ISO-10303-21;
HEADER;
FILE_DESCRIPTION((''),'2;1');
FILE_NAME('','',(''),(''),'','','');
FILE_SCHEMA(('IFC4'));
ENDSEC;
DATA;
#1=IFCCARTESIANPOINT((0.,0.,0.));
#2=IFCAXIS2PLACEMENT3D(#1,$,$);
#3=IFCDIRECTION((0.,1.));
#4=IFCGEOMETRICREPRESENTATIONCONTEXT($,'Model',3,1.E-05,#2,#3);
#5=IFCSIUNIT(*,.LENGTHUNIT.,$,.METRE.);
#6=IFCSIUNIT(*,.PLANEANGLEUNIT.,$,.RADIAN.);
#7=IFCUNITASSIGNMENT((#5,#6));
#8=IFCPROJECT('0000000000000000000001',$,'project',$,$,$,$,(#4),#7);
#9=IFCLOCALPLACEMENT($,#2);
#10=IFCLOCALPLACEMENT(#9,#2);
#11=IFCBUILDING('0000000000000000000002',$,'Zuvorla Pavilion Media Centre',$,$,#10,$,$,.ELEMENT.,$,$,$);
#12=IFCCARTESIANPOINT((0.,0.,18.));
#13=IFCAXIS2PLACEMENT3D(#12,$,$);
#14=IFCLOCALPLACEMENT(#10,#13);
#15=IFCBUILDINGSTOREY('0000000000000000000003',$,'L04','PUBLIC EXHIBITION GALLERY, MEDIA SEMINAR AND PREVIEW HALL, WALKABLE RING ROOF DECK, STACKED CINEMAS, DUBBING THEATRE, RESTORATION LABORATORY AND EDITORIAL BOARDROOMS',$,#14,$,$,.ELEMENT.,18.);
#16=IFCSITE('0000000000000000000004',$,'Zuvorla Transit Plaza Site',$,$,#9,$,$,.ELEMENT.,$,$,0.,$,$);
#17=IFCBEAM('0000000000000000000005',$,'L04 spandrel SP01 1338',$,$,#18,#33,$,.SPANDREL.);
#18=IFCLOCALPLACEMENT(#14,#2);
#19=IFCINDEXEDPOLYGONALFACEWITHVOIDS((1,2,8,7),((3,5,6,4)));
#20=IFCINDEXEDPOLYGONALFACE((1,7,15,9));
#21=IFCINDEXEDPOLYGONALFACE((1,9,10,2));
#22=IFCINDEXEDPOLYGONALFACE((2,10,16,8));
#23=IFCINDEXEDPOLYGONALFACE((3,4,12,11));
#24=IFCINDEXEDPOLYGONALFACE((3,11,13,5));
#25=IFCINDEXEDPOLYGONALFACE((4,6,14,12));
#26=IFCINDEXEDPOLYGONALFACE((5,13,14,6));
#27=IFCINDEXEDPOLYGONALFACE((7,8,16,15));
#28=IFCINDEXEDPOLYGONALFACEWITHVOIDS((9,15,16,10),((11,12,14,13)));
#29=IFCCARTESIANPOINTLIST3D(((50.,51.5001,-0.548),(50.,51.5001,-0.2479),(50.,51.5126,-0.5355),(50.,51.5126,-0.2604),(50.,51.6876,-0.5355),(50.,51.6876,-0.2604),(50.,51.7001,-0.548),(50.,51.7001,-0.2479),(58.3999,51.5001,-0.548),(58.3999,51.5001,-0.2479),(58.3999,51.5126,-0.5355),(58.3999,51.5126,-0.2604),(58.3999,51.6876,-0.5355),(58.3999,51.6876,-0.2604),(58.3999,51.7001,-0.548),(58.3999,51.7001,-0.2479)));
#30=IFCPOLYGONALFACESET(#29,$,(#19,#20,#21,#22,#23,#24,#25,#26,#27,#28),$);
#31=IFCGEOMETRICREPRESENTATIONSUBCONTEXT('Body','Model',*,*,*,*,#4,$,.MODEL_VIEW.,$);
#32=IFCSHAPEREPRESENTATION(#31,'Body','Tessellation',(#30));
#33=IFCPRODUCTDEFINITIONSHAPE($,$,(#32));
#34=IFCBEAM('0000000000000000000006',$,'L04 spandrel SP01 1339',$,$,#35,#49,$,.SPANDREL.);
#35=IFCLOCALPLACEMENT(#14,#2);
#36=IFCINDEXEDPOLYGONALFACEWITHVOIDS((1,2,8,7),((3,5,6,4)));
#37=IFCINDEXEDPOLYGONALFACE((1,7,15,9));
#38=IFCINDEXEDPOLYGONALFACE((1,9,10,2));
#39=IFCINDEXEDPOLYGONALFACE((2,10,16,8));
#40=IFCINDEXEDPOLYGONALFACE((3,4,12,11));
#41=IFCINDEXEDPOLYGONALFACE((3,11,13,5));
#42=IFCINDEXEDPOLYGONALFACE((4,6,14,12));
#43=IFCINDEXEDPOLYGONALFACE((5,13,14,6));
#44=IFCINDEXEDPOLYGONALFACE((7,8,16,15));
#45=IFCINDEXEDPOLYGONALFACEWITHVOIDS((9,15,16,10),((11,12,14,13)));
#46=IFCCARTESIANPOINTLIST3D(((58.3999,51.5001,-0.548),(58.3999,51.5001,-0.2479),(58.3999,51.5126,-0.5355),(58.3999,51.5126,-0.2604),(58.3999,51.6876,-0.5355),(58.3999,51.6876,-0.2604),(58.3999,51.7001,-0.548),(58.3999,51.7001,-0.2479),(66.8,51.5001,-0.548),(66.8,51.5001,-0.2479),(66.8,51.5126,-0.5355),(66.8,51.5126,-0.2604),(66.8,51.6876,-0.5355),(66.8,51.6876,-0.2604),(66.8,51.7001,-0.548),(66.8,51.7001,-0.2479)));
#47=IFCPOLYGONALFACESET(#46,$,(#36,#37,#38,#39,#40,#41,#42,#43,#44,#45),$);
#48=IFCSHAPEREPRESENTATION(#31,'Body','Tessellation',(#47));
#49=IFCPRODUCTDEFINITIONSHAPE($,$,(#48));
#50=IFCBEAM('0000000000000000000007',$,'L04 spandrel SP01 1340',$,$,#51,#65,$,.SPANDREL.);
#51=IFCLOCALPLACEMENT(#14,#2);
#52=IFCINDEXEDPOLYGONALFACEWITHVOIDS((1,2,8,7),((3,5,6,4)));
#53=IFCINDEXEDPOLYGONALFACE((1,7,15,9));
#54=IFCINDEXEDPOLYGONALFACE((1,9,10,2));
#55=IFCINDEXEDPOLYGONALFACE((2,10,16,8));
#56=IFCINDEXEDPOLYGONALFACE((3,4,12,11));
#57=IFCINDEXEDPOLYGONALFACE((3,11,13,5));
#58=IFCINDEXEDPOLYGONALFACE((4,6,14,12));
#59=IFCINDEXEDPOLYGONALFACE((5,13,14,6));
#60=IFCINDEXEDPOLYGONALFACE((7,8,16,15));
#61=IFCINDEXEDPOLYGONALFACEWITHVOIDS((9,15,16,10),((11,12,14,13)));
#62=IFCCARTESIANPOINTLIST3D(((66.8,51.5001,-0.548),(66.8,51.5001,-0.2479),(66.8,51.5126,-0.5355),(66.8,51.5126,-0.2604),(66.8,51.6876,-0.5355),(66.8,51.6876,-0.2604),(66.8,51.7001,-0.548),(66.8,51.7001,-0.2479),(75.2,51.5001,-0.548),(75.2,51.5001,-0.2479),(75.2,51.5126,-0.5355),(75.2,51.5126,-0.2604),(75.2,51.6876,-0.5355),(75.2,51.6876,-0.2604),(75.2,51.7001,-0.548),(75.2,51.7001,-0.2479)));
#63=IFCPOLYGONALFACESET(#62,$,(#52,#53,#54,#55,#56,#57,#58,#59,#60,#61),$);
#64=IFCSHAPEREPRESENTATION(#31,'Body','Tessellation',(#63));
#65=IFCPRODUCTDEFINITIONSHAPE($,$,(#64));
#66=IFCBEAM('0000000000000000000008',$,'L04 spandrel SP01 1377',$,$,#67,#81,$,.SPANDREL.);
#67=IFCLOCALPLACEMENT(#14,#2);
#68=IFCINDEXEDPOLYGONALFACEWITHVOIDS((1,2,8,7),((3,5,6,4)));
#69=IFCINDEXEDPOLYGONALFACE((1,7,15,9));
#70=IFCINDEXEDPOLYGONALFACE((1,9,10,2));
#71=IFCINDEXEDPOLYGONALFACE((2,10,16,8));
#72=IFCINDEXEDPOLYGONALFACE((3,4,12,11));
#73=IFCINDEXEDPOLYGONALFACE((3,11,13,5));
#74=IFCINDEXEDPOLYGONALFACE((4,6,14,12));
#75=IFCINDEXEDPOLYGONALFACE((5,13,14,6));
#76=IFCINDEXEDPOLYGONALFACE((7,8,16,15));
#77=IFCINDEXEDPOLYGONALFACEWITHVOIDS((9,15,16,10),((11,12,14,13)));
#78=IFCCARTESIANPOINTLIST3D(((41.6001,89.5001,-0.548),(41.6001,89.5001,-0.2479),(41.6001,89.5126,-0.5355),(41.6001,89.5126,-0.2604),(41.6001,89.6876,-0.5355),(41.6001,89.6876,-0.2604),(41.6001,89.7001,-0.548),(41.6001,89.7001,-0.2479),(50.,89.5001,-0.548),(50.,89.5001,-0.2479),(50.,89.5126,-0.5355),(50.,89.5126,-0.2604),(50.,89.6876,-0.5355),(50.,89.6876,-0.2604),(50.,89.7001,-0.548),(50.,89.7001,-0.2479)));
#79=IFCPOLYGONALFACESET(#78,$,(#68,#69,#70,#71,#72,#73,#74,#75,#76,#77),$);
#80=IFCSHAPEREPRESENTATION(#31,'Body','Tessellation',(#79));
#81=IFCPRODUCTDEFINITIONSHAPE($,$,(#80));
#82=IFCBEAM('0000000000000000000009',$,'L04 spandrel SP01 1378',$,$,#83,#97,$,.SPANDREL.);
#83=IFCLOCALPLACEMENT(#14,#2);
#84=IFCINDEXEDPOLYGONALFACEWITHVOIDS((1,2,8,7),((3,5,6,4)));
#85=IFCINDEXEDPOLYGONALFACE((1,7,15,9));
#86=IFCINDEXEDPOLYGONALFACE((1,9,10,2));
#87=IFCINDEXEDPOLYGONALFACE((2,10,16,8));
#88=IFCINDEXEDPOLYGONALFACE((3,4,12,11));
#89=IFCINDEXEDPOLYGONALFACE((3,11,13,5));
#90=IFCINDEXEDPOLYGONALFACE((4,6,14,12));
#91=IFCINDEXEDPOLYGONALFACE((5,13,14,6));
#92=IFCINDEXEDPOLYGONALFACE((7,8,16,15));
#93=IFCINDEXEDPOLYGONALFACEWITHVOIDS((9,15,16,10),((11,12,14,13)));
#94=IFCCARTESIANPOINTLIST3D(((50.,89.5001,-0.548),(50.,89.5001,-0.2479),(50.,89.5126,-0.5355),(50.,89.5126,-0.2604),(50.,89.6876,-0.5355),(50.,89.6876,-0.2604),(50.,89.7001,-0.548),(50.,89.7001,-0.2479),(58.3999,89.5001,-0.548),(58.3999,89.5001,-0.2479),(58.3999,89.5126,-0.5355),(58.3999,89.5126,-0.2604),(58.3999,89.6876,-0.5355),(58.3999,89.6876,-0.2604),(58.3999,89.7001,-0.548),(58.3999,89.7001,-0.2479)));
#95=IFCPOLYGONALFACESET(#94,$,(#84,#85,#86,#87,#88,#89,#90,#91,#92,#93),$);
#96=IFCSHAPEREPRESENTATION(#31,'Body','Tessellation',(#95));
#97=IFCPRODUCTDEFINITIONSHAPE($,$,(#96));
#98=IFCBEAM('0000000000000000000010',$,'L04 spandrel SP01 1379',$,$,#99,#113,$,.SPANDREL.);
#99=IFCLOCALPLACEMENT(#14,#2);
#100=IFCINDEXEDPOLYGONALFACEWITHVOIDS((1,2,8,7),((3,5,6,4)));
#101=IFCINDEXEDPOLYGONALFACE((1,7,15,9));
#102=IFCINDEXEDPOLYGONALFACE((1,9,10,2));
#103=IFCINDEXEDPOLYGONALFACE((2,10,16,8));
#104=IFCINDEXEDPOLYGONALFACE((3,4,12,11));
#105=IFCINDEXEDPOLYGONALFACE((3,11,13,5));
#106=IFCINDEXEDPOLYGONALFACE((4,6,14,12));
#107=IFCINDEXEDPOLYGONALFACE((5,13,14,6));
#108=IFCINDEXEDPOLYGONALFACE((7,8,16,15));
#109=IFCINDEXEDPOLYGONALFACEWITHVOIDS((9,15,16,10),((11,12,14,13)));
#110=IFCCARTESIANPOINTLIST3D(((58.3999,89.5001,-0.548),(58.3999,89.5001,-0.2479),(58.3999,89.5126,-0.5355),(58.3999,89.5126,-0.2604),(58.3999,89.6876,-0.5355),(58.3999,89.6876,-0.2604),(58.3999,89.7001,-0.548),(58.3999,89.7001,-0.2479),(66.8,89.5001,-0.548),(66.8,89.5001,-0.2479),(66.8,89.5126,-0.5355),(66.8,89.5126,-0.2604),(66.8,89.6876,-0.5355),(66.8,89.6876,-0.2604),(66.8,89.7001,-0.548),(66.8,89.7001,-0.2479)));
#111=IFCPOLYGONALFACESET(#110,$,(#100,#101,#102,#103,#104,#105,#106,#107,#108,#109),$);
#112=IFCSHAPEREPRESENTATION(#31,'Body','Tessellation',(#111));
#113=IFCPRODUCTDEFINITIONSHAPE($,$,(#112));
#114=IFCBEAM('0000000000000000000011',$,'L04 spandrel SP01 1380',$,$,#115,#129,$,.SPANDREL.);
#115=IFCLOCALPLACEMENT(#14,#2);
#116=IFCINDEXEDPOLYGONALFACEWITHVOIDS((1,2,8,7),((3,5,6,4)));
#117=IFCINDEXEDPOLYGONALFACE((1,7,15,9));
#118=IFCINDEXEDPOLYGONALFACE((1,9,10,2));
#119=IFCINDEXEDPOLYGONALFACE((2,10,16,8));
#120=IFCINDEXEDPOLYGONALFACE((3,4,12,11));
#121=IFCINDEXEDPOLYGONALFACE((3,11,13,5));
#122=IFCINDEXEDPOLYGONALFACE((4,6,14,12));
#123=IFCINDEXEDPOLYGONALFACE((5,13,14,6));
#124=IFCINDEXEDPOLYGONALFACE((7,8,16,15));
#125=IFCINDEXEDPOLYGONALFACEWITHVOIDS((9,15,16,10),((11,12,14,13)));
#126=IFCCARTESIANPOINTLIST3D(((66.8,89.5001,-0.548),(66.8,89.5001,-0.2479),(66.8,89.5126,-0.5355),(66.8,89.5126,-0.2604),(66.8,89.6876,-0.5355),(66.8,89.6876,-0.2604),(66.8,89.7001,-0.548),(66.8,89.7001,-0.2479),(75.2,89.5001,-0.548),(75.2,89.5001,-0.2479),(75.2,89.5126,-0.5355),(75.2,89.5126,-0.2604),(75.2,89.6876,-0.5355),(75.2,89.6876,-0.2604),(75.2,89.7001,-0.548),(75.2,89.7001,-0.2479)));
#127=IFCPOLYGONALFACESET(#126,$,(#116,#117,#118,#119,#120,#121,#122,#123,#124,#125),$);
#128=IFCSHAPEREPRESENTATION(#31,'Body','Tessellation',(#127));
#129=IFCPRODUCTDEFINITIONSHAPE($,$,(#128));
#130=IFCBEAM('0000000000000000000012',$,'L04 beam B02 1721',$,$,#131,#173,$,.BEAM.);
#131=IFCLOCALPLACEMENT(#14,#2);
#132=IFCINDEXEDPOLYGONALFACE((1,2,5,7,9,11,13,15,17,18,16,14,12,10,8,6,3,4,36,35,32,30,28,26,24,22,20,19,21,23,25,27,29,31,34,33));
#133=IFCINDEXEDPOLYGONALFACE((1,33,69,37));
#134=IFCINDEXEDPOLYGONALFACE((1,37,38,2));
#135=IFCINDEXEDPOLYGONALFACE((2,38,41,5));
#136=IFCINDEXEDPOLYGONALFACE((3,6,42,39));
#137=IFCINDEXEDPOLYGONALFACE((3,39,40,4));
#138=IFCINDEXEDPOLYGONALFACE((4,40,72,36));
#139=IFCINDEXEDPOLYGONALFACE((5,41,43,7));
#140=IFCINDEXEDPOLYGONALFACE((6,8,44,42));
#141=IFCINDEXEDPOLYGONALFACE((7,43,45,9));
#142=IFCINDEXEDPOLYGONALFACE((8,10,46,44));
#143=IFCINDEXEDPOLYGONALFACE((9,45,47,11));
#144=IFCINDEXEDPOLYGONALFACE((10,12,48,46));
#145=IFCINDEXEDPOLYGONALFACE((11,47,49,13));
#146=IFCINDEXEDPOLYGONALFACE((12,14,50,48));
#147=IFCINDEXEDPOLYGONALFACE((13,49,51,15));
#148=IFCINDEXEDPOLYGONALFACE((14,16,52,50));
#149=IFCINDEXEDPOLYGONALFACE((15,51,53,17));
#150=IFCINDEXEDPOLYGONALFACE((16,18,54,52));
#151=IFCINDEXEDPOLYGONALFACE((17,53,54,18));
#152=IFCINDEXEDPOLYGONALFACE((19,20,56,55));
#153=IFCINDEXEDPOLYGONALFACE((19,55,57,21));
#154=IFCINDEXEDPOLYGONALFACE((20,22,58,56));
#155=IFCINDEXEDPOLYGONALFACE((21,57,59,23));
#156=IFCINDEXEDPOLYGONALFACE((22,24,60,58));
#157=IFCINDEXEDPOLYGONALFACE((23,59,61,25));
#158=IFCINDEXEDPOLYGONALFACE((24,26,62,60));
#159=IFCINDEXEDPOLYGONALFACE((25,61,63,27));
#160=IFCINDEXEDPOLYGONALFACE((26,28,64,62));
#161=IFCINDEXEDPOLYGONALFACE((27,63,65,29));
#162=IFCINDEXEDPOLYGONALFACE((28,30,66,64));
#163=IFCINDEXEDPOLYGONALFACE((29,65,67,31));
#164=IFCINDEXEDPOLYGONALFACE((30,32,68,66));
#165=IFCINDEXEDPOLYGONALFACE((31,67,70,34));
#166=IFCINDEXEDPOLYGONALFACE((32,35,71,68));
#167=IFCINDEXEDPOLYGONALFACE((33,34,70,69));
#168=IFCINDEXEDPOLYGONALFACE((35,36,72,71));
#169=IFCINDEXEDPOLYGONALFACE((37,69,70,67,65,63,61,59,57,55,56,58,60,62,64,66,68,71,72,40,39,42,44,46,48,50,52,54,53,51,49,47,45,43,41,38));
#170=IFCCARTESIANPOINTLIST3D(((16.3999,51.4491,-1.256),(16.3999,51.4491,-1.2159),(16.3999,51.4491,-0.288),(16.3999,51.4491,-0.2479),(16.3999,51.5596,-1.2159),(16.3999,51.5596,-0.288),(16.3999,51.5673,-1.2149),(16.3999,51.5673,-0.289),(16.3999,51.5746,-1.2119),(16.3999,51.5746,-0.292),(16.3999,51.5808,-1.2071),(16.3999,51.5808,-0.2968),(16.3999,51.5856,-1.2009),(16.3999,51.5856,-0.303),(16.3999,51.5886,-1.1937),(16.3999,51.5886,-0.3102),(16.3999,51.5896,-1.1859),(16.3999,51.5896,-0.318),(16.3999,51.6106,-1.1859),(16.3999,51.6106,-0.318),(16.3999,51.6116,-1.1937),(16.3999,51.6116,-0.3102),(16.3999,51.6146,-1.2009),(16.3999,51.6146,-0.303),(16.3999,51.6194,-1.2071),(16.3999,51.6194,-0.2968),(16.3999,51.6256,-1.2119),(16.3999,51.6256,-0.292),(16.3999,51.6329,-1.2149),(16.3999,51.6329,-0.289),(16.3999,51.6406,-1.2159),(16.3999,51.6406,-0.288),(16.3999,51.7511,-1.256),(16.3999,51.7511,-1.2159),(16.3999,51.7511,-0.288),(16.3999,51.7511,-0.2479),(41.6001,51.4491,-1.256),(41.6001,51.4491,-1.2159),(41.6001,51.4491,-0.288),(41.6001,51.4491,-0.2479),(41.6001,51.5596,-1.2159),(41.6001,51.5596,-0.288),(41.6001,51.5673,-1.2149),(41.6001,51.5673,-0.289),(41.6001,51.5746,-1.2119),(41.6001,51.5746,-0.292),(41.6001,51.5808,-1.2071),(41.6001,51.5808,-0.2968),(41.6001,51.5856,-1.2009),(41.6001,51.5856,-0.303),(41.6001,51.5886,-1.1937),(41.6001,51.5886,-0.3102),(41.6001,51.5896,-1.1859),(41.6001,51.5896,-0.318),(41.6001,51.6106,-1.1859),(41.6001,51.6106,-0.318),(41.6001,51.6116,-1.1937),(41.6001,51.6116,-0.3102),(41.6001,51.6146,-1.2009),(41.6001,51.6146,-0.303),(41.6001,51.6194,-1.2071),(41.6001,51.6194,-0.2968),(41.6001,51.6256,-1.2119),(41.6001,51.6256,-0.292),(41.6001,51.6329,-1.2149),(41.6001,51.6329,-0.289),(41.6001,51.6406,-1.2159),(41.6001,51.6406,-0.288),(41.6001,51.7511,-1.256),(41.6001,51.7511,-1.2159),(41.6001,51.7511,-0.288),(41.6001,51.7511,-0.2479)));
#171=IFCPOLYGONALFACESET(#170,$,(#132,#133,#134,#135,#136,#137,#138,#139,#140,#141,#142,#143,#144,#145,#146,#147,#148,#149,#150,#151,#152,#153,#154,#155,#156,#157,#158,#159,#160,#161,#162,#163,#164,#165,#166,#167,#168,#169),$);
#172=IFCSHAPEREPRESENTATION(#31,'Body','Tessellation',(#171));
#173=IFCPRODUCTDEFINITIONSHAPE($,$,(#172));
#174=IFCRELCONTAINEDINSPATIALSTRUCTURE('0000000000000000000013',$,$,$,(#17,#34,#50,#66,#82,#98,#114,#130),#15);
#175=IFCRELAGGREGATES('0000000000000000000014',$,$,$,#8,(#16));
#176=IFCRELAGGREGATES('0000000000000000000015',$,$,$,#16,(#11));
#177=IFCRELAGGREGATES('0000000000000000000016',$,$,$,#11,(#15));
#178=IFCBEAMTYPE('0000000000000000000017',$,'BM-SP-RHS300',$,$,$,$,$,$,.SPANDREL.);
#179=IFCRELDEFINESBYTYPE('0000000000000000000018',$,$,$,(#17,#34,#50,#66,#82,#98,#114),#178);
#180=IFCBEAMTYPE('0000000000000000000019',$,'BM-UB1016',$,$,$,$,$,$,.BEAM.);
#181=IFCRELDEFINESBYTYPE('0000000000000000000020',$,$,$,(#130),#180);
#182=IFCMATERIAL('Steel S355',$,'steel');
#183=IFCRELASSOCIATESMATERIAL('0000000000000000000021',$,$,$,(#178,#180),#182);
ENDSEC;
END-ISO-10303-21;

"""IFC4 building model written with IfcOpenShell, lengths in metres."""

from ifc_helpers import new_model, si_unit, direction, frame, origin, origin_2d, place, context, subcontext, project, spatial, hollow_rectangle, i_section, extrude, material, material_profile, profile_set, type_object, element, save


model = new_model("IFC4")

# Units and contexts
model_context = context("Model", 3, precision=1e-05, world=origin(), true_north=direction((0.0, 1.0)))
body_context = subcontext(model_context, "Body", "Model", "MODEL_VIEW")
ifc_project = project(units=[si_unit("LENGTHUNIT", "METRE"), si_unit("PLANEANGLEUNIT", "RADIAN")], contexts=[model_context])

# Site, building, storey
site_placement = place(None, origin())
site = spatial("IfcSite", under=ifc_project, at=site_placement, Name="Zuvorla Transit Plaza Site", CompositionType="ELEMENT", RefElevation=0.0)
building_placement = place(site_placement, origin())
building = spatial("IfcBuilding", under=site, at=building_placement, Name="Zuvorla Pavilion Media Centre", CompositionType="ELEMENT")
storey_placement = place(building_placement, frame((0.0, 0.0, 18.0)))
storey = spatial("IfcBuildingStorey", under=building, at=storey_placement, Name="L04", Description="PUBLIC EXHIBITION GALLERY, MEDIA SEMINAR AND PREVIEW HALL, WALKABLE RING ROOF DECK, STACKED CINEMAS, DUBBING THEATRE, RESTORATION LABORATORY AND EDITORIAL BOARDROOMS", CompositionType="ELEMENT", Elevation=18.0)

# Beams
ifc_material = material(Name="Steel S355", Category="steel")
ifc_material_profile_1 = material_profile(ifc_material, hollow_rectangle(XDim=0.2, YDim=0.3, WallThickness=0.0125, at=origin_2d()), Name="RHS 300x200x12.5")
ifc_profile_set_1 = profile_set([ifc_material_profile_1], Name="Steel S355")
beam_type_1 = type_object("IfcBeamType", Name="BM-SP-RHS300", PredefinedType="SPANDREL", material=ifc_profile_set_1)
beam_1_placement = place(storey_placement, frame((50.0, 51.6001, -0.3979), z_axis=(1.0, 0.0, 0.0), x_axis=(0.0, 1.0, 0.0)))
element("IfcBeam", 1, at=beam_1_placement, inside=storey, type_object=beam_type_1, Name="L04 spandrel SP01 1338", PredefinedType="SPANDREL", context=body_context, shape_type="SweptSolid", body=[
    extrude(hollow_rectangle(XDim=0.2, YDim=0.3, WallThickness=0.0125, at=origin_2d()), origin(), (0.0, 0.0, 1.0), 8.3999),
])
beam_2_placement = place(storey_placement, frame((58.3999, 51.6001, -0.3979), z_axis=(1.0, 0.0, 0.0), x_axis=(0.0, 1.0, 0.0)))
element("IfcBeam", 2, at=beam_2_placement, inside=storey, type_object=beam_type_1, Name="L04 spandrel SP01 1339", PredefinedType="SPANDREL", context=body_context, shape_type="SweptSolid", body=[
    extrude(hollow_rectangle(XDim=0.2, YDim=0.3, WallThickness=0.0125, at=origin_2d()), origin(), (0.0, 0.0, 1.0), 8.4001),
])
for number, where, z_axis, x_axis, name in (
    (3, (66.8, 51.6001, -0.3979), (1.0, 0.0, 0.0), (0.0, 1.0, 0.0), "L04 spandrel SP01 1340"),
    (4, (41.6001, 89.6001, -0.3979), (1.0, 0.0, 0.0), (0.0, 1.0, 0.0), "L04 spandrel SP01 1377"),
    (5, (50.0, 89.6001, -0.3979), (1.0, 0.0, 0.0), (0.0, 1.0, 0.0), "L04 spandrel SP01 1378"),
):
    element("IfcBeam", number, at=place(storey_placement, frame(where, z_axis=z_axis, x_axis=x_axis)), inside=storey, type_object=beam_type_1, Name=name, PredefinedType="SPANDREL", context=body_context, shape_type="SweptSolid", body=[
        extrude(hollow_rectangle(XDim=0.2, YDim=0.3, WallThickness=0.0125, at=origin_2d()), origin(), (0.0, 0.0, 1.0), 8.3999),
    ])
beam_3_placement = place(storey_placement, frame((58.3999, 89.6001, -0.3979), z_axis=(1.0, 0.0, 0.0), x_axis=(0.0, 1.0, 0.0)))
element("IfcBeam", 6, at=beam_3_placement, inside=storey, type_object=beam_type_1, Name="L04 spandrel SP01 1379", PredefinedType="SPANDREL", context=body_context, shape_type="SweptSolid", body=[
    extrude(hollow_rectangle(XDim=0.2, YDim=0.3, WallThickness=0.0125, at=origin_2d()), origin(), (0.0, 0.0, 1.0), 8.4001),
])
beam_4_placement = place(storey_placement, frame((66.8, 89.6001, -0.3979), z_axis=(1.0, 0.0, 0.0), x_axis=(0.0, 1.0, 0.0)))
element("IfcBeam", 7, at=beam_4_placement, inside=storey, type_object=beam_type_1, Name="L04 spandrel SP01 1380", PredefinedType="SPANDREL", context=body_context, shape_type="SweptSolid", body=[
    extrude(hollow_rectangle(XDim=0.2, YDim=0.3, WallThickness=0.0125, at=origin_2d()), origin(), (0.0, 0.0, 1.0), 8.3999),
])
ifc_material_profile_2 = material_profile(ifc_material, i_section(OverallWidth=0.302, OverallDepth=1.0081, WebThickness=0.021, FlangeThickness=0.04, FilletRadius=0.03, at=origin_2d()), Name="UB 1016x305x349")
ifc_profile_set_2 = profile_set([ifc_material_profile_2], Name="Steel S355")
beam_type_2 = type_object("IfcBeamType", Name="BM-UB1016", PredefinedType="BEAM", material=ifc_profile_set_2)
for number, where, z_axis, x_axis, name in (
    (8, (41.6001, 51.6001, -0.752), (-1.0, 0.0, 0.0), (0.0, -1.0, 0.0), "L04 beam B02 1721"),
):
    element("IfcBeam", number, at=place(storey_placement, frame(where, z_axis=z_axis, x_axis=x_axis)), inside=storey, type_object=beam_type_2, Name=name, PredefinedType="BEAM", context=body_context, shape_type="SweptSolid", body=[
        extrude(i_section(OverallWidth=0.302, OverallDepth=1.0081, WebThickness=0.021, FlangeThickness=0.04, FilletRadius=0.03, at=origin_2d()), origin(), (0.0, 0.0, 1.0), 25.2002),
    ])

save(model, "model.ifc")
